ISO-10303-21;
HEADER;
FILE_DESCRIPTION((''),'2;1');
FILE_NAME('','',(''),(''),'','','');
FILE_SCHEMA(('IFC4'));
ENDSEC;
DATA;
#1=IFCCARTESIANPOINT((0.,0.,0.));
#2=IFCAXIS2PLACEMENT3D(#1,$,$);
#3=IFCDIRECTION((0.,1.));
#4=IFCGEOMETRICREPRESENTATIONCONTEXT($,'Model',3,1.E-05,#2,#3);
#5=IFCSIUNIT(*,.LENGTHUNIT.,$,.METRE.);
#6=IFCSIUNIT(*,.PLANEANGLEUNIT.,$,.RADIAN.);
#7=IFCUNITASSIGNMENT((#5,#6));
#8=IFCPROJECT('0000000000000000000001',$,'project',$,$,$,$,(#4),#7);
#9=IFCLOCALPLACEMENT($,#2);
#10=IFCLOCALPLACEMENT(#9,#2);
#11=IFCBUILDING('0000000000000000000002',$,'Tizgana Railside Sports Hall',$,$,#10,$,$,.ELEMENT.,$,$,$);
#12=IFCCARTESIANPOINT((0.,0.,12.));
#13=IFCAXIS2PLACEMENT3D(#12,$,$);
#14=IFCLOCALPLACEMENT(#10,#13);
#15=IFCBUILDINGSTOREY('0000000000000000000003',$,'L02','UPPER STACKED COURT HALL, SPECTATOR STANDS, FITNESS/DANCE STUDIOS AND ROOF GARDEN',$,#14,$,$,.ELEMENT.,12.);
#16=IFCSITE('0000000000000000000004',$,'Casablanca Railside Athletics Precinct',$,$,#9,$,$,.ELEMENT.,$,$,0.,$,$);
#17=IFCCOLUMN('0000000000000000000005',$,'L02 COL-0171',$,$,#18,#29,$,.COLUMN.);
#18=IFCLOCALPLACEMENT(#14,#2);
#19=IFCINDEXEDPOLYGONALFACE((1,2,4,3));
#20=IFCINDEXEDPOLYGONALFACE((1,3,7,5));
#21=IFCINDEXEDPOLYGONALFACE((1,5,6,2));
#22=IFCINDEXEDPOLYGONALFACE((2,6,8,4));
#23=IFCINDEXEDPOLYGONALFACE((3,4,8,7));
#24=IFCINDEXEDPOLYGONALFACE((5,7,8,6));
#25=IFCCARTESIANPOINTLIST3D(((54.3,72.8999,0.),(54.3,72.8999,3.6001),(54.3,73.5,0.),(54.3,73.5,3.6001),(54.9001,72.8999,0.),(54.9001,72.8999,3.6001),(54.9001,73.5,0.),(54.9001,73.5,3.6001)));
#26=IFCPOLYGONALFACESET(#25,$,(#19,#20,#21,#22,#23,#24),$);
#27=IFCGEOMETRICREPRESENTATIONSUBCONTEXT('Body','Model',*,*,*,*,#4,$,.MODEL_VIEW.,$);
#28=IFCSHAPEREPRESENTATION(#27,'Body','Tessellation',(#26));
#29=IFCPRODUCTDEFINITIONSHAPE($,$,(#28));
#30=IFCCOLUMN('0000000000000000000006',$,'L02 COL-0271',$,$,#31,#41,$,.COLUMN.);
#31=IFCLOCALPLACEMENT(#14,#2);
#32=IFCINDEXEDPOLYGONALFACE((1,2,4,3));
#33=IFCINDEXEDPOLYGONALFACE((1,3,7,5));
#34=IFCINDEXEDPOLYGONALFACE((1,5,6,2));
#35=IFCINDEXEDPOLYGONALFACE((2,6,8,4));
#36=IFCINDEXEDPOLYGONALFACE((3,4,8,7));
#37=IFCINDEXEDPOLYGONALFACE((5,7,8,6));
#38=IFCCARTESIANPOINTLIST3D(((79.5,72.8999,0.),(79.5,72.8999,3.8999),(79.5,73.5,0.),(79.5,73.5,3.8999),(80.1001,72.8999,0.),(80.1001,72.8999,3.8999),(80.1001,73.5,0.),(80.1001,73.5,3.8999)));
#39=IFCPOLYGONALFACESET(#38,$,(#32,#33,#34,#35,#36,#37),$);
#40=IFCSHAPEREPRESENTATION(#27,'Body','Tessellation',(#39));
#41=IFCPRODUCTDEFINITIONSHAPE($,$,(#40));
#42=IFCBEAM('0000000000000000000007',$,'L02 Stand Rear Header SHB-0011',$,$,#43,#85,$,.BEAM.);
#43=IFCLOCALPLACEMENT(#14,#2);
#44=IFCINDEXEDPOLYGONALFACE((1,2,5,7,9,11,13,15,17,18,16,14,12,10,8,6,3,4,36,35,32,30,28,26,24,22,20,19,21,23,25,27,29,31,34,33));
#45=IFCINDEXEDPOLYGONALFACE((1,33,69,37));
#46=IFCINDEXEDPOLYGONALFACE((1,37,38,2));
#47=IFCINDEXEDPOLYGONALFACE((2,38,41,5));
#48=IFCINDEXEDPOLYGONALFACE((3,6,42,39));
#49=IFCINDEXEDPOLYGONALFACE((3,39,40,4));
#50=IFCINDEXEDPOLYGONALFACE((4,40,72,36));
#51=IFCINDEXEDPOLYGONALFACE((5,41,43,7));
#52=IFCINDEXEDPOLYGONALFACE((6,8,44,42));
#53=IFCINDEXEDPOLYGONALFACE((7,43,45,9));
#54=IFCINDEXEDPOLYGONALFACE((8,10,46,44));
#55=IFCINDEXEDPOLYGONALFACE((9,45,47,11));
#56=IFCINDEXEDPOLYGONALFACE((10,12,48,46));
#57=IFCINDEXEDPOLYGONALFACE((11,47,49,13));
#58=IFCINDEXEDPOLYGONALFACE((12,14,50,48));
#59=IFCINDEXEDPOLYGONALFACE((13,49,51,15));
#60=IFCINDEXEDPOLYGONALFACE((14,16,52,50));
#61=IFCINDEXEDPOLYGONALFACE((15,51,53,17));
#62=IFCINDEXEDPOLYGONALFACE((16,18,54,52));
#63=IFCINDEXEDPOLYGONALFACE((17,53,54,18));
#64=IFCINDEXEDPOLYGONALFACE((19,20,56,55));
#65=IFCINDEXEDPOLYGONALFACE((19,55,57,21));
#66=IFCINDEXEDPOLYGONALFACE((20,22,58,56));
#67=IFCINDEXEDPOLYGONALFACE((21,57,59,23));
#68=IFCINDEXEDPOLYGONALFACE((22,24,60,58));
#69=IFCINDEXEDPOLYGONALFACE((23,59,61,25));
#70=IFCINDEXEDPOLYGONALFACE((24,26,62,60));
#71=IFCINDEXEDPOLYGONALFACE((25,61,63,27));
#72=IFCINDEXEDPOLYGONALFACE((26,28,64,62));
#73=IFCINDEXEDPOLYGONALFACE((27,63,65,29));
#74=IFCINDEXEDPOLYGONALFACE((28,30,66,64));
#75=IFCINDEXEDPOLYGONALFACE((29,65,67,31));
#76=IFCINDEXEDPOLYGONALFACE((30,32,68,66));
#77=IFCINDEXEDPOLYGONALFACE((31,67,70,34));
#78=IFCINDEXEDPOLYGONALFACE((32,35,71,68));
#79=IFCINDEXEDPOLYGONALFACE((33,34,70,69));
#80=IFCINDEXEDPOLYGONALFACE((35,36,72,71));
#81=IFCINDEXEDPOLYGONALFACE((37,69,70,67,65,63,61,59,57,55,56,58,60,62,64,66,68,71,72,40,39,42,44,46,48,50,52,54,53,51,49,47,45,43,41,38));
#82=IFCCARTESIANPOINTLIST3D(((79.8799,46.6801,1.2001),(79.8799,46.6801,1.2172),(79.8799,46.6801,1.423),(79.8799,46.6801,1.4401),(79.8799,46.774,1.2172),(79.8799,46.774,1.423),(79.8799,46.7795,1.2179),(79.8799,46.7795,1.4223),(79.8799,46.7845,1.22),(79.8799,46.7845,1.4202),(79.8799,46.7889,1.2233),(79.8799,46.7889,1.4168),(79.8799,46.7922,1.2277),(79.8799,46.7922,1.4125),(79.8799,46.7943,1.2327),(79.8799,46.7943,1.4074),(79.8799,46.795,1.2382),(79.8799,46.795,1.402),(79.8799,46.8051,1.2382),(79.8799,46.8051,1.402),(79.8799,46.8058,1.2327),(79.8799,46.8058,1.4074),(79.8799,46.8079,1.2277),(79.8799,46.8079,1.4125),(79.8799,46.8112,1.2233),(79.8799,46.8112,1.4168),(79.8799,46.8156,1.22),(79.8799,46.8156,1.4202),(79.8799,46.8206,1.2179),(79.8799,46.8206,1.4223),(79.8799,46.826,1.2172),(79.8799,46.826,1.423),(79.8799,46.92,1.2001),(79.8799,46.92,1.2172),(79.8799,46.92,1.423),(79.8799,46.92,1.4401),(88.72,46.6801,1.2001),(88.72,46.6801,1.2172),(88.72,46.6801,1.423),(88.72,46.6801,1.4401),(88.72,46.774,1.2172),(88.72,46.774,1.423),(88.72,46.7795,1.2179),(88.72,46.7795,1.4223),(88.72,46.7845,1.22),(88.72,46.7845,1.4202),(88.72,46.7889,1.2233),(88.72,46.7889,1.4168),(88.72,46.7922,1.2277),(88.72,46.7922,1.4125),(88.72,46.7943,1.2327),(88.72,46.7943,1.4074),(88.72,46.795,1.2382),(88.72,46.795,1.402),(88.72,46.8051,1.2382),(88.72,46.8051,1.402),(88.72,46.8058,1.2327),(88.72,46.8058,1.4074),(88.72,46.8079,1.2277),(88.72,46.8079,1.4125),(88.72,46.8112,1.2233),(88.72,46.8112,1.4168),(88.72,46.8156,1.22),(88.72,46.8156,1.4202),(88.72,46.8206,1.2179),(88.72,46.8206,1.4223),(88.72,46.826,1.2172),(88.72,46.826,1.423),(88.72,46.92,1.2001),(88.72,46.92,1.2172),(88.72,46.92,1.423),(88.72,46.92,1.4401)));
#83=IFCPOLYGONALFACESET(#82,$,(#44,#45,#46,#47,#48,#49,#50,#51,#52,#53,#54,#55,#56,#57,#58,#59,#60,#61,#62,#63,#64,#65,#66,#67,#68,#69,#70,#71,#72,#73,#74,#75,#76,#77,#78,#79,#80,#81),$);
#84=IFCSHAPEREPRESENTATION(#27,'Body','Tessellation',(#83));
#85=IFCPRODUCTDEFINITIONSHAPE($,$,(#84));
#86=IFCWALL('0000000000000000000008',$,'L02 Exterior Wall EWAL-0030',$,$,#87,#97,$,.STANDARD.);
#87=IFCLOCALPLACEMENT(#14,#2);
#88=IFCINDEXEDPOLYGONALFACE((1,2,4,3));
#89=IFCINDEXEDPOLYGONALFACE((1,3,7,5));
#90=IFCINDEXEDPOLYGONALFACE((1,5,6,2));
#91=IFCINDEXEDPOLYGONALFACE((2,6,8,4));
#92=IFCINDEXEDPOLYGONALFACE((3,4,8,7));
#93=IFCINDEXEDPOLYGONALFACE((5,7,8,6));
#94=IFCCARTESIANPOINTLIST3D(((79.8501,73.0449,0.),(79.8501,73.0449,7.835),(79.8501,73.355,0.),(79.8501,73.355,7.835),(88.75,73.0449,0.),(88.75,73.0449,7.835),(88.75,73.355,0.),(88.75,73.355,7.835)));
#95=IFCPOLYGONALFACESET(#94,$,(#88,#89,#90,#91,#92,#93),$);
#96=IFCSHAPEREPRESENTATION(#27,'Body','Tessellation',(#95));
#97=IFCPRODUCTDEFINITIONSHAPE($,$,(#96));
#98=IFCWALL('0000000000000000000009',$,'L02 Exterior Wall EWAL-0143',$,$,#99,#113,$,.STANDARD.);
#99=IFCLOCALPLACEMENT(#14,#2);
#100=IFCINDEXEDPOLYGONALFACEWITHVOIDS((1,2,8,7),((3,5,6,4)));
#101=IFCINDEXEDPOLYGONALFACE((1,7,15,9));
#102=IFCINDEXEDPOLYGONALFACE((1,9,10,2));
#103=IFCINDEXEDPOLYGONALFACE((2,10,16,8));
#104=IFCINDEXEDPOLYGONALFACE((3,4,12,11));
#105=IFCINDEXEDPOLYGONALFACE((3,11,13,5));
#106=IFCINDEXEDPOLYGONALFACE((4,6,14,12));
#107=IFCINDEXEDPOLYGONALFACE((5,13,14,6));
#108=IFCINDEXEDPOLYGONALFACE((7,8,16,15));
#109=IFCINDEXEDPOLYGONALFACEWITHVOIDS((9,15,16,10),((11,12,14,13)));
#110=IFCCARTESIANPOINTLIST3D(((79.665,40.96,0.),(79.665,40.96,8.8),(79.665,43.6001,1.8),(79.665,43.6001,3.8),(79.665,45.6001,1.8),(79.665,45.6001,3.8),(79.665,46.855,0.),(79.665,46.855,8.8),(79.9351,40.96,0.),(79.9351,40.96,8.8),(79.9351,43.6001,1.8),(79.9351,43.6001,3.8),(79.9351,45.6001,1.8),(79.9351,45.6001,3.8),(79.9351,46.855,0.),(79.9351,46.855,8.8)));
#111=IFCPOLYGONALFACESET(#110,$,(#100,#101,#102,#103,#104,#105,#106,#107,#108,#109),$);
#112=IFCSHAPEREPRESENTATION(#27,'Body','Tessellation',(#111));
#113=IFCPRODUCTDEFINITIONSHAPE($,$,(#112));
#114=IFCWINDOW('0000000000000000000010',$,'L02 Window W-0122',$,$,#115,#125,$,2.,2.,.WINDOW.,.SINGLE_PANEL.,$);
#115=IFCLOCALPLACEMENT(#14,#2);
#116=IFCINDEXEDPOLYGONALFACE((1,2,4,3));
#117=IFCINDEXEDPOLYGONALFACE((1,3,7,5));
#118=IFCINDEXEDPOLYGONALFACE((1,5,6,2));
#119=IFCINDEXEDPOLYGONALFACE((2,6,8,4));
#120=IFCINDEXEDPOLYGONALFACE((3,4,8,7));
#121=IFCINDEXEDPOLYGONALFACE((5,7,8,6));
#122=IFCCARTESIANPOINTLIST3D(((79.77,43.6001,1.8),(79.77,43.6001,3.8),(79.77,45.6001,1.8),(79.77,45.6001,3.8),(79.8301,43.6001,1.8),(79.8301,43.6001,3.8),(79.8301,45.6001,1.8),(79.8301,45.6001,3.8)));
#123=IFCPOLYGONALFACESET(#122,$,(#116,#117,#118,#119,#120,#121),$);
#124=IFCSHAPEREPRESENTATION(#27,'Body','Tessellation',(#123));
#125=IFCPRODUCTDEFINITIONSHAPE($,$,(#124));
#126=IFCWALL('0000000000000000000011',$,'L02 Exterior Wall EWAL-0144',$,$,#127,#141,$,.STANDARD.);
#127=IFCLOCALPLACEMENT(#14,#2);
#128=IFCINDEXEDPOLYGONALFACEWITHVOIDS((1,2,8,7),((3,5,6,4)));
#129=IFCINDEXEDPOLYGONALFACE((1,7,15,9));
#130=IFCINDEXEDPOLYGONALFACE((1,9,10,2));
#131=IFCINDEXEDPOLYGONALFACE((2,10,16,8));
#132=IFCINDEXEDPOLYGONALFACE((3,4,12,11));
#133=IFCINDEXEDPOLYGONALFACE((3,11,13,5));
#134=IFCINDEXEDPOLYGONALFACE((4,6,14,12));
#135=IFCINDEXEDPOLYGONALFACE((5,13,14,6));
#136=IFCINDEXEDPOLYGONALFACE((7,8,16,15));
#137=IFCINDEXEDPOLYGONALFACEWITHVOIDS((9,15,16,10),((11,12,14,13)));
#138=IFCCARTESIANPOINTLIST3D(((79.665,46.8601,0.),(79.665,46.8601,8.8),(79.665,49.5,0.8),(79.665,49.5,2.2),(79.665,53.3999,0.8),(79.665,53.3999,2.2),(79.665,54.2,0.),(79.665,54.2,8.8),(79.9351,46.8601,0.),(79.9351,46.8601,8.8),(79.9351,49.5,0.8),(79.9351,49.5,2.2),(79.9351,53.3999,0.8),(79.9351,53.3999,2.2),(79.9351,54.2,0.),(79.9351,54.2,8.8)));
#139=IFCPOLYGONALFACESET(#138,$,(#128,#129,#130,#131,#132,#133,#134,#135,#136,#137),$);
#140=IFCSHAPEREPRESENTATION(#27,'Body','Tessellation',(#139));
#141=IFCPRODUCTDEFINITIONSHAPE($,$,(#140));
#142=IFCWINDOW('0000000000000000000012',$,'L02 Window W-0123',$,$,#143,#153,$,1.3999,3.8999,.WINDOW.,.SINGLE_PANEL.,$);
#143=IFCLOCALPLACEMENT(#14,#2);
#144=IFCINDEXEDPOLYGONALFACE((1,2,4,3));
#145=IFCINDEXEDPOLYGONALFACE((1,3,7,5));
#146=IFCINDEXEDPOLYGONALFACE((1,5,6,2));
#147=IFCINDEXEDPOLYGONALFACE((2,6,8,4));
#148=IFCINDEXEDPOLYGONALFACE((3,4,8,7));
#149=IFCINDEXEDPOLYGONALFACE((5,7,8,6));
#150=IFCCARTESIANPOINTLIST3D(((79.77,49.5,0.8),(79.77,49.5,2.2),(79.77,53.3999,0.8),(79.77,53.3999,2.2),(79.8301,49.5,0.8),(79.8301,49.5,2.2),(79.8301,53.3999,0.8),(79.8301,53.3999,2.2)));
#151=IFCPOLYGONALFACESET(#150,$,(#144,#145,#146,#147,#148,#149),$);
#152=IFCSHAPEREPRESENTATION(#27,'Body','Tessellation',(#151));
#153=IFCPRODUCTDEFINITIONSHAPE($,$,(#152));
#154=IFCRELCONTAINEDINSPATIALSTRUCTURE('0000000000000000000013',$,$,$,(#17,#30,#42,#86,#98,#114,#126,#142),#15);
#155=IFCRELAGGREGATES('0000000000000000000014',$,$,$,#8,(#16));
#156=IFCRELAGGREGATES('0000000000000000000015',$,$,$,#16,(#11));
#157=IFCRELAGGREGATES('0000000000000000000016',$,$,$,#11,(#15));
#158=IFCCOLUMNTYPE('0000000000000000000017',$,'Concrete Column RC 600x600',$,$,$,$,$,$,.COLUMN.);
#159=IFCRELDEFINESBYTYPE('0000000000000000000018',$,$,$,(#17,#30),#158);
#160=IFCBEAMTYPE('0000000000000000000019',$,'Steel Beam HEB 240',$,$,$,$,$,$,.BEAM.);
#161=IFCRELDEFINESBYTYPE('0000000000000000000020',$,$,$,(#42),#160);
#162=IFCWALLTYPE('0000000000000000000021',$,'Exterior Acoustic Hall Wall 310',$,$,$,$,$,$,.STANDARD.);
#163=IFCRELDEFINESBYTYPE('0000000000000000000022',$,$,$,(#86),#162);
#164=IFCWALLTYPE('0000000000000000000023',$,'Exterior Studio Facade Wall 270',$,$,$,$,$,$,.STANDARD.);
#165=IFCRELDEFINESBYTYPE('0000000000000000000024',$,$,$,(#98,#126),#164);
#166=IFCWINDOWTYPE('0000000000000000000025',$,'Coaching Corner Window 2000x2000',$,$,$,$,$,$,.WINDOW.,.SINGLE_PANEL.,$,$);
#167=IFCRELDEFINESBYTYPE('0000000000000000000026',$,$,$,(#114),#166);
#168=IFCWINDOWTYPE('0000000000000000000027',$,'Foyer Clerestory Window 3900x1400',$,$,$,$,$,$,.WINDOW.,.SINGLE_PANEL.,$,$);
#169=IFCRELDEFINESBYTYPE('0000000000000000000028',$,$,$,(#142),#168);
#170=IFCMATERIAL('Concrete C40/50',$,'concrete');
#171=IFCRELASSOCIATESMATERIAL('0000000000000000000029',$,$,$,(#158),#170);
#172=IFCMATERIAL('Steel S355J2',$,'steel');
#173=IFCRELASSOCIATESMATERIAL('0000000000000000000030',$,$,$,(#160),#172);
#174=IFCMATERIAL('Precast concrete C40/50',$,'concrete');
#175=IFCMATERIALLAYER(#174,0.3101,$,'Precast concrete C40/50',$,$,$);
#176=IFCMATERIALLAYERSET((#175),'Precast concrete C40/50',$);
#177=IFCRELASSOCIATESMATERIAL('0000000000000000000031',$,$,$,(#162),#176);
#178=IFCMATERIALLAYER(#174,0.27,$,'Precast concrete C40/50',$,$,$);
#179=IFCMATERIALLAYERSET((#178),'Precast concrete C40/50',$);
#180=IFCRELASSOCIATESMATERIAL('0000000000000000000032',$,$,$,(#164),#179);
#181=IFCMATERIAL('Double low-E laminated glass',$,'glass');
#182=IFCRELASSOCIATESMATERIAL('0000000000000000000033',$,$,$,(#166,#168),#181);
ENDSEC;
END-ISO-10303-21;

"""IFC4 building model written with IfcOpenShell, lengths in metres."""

from ifc_helpers import new_model, si_unit, direction, frame, frame_2d, origin, origin_2d, place, context, subcontext, project, spatial, rectangle, i_section, extrude, material, layer, layer_set, material_profile, profile_set, type_object, element, fill, save


model = new_model("IFC4")

# Units and contexts
model_context = context("Model", 3, precision=1e-05, world=origin(), true_north=direction((0.0, 1.0)))
body_context = subcontext(model_context, "Body", "Model", "MODEL_VIEW")
ifc_project = project(units=[si_unit("LENGTHUNIT", "METRE"), si_unit("PLANEANGLEUNIT", "RADIAN")], contexts=[model_context])

# Site, building, storey
site_placement = place(None, origin())
site = spatial("IfcSite", under=ifc_project, at=site_placement, Name="Casablanca Railside Athletics Precinct", CompositionType="ELEMENT", RefElevation=0.0)
building_placement = place(site_placement, origin())
building = spatial("IfcBuilding", under=site, at=building_placement, Name="Tizgana Railside Sports Hall", CompositionType="ELEMENT")
storey_placement = place(building_placement, frame((0.0, 0.0, 12.0)))
storey = spatial("IfcBuildingStorey", under=building, at=storey_placement, Name="L02", Description="UPPER STACKED COURT HALL, SPECTATOR STANDS, FITNESS/DANCE STUDIOS AND ROOF GARDEN", CompositionType="ELEMENT", Elevation=12.0)

# Columns
ifc_material_1 = material(Name="Concrete C40/50", Category="concrete")
ifc_material_profile_1 = material_profile(ifc_material_1, rectangle(XDim=0.6001, YDim=0.6001, at=origin_2d()), Name="RC 600x600")
ifc_profile_set_1 = profile_set([ifc_material_profile_1], Name="Concrete C40/50")
column_type = type_object("IfcColumnType", Name="Concrete Column RC 600x600", PredefinedType="COLUMN", material=ifc_profile_set_1)
column_1_placement = place(storey_placement, frame((54.6001, 73.2, 0.0), z_axis=(0.0, 0.0, 1.0), x_axis=(1.0, 0.0, 0.0)))
element("IfcColumn", 1, at=column_1_placement, inside=storey, type_object=column_type, Name="L02 COL-0171", PredefinedType="COLUMN", context=body_context, shape_type="SweptSolid", body=[
    extrude(rectangle(XDim=0.6001, YDim=0.6001, at=origin_2d()), origin(), (0.0, 0.0, 1.0), 3.6001),
])
column_2_placement = place(storey_placement, frame((79.8, 73.2, 0.0), z_axis=(0.0, 0.0, 1.0), x_axis=(1.0, 0.0, 0.0)))
element("IfcColumn", 2, at=column_2_placement, inside=storey, type_object=column_type, Name="L02 COL-0271", PredefinedType="COLUMN", context=body_context, shape_type="SweptSolid", body=[
    extrude(rectangle(XDim=0.6001, YDim=0.6001, at=origin_2d()), origin(), (0.0, 0.0, 1.0), 3.8999),
])

# Beam
ifc_material_2 = material(Name="Steel S355J2", Category="steel")
ifc_material_profile_2 = material_profile(ifc_material_2, i_section(OverallWidth=0.24, OverallDepth=0.24, WebThickness=0.01, FlangeThickness=0.0171, FilletRadius=0.021, at=origin_2d()), Name="HEB 240")
ifc_profile_set_2 = profile_set([ifc_material_profile_2], Name="Steel S355J2")
beam_type = type_object("IfcBeamType", Name="Steel Beam HEB 240", PredefinedType="BEAM", material=ifc_profile_set_2)
beam_placement = place(storey_placement, frame((79.8799, 46.8, 1.3201), z_axis=(1.0, 0.0, 0.0), x_axis=(0.0, 1.0, 0.0)))
element("IfcBeam", 3, at=beam_placement, inside=storey, type_object=beam_type, Name="L02 Stand Rear Header SHB-0011", PredefinedType="BEAM", context=body_context, shape_type="SweptSolid", body=[
    extrude(i_section(OverallWidth=0.24, OverallDepth=0.24, WebThickness=0.01, FlangeThickness=0.0171, FilletRadius=0.021, at=origin_2d()), origin(), (0.0, 0.0, 1.0), 8.8401),
])

# Wall
ifc_material_3 = material(Name="Precast concrete C40/50", Category="concrete")
ifc_layer_1 = layer(ifc_material_3, 0.3101, Name="Precast concrete C40/50")
ifc_layer_set_1 = layer_set([ifc_layer_1], Name="Precast concrete C40/50")
wall_type_1 = type_object("IfcWallType", Name="Exterior Acoustic Hall Wall 310", PredefinedType="STANDARD", material=ifc_layer_set_1)
wall_1_placement = place(storey_placement, frame((79.8501, 73.2, 0.0), z_axis=(0.0, 0.0, 1.0), x_axis=(1.0, 0.0, 0.0)))
element("IfcWall", 4, at=wall_1_placement, inside=storey, type_object=wall_type_1, Name="L02 Exterior Wall EWAL-0030", PredefinedType="STANDARD", context=body_context, shape_type="SweptSolid", body=[
    extrude(rectangle(XDim=8.8999, YDim=0.3101, at=frame_2d((4.45, 0.0))), origin(), (0.0, 0.0, 1.0), 7.835),
])

# Walls, openings, windows
ifc_layer_2 = layer(ifc_material_3, 0.27, Name="Precast concrete C40/50")
ifc_layer_set_2 = layer_set([ifc_layer_2], Name="Precast concrete C40/50")
wall_type_2 = type_object("IfcWallType", Name="Exterior Studio Facade Wall 270", PredefinedType="STANDARD", material=ifc_layer_set_2)
wall_2_placement = place(storey_placement, frame((79.8, 46.855, 0.0), z_axis=(0.0, 0.0, 1.0), x_axis=(0.0, -1.0, 0.0)))
wall_2 = element("IfcWall", 5, at=wall_2_placement, inside=storey, type_object=wall_type_2, Name="L02 Exterior Wall EWAL-0143", PredefinedType="STANDARD", context=body_context, shape_type="SweptSolid", body=[
    extrude(rectangle(XDim=5.895, YDim=0.27, at=frame_2d((2.9475, 0.0))), origin(), (0.0, 0.0, 1.0), 8.8),
])
opening_1_placement = place(wall_2_placement, frame((1.2549, 0.0, 1.8)))
opening_1 = element("IfcOpeningElement", 6, at=opening_1_placement, cuts=wall_2, PredefinedType="OPENING", context=body_context, shape_type="SweptSolid", body=[
    extrude(rectangle(XDim=2.0, YDim=2.0, at=frame_2d((1.0, 1.0))), frame((0.0, 0.145, 0.0), z_axis=(0.0, -1.0, 0.0), x_axis=(1.0, 0.0, 0.0)), (0.0, 0.0, 1.0), 0.29),
])
ifc_material_4 = material(Name="Double low-E laminated glass", Category="glass")
window_type_1 = type_object("IfcWindowType", Name="Coaching Corner Window 2000x2000", PartitioningType="SINGLE_PANEL", PredefinedType="WINDOW", material=ifc_material_4)
window_1_placement = place(opening_1_placement, origin())
window_1 = element("IfcWindow", 7, at=window_1_placement, inside=storey, type_object=window_type_1, Name="L02 Window W-0122", OverallHeight=2.0, OverallWidth=2.0, PartitioningType="SINGLE_PANEL", PredefinedType="WINDOW", context=body_context, shape_type="SweptSolid", body=[
    extrude(rectangle(XDim=2.0, YDim=2.0, at=frame_2d((1.0, 1.0))), frame((0.0, 0.03, 0.0), z_axis=(0.0, -1.0, 0.0), x_axis=(1.0, 0.0, 0.0)), (0.0, 0.0, 1.0), 0.0601),
])
fill(opening_1, window_1)
wall_3_placement = place(storey_placement, frame((79.8, 54.2, 0.0), z_axis=(0.0, 0.0, 1.0), x_axis=(0.0, -1.0, 0.0)))
wall_3 = element("IfcWall", 8, at=wall_3_placement, inside=storey, type_object=wall_type_2, Name="L02 Exterior Wall EWAL-0144", PredefinedType="STANDARD", context=body_context, shape_type="SweptSolid", body=[
    extrude(rectangle(XDim=7.3398, YDim=0.27, at=frame_2d((3.6699, 0.0))), origin(), (0.0, 0.0, 1.0), 8.8),
])
opening_2_placement = place(wall_3_placement, frame((0.8, 0.0, 0.8)))
opening_2 = element("IfcOpeningElement", 9, at=opening_2_placement, cuts=wall_3, PredefinedType="OPENING", context=body_context, shape_type="SweptSolid", body=[
    extrude(rectangle(XDim=3.8999, YDim=1.3999, at=frame_2d((1.95, 0.7))), frame((0.0, 0.145, 0.0), z_axis=(0.0, -1.0, 0.0), x_axis=(1.0, 0.0, 0.0)), (0.0, 0.0, 1.0), 0.29),
])
window_type_2 = type_object("IfcWindowType", Name="Foyer Clerestory Window 3900x1400", PartitioningType="SINGLE_PANEL", PredefinedType="WINDOW", material=ifc_material_4)
window_2_placement = place(opening_2_placement, origin())
window_2 = element("IfcWindow", 10, at=window_2_placement, inside=storey, type_object=window_type_2, Name="L02 Window W-0123", OverallHeight=1.3999, OverallWidth=3.8999, PartitioningType="SINGLE_PANEL", PredefinedType="WINDOW", context=body_context, shape_type="SweptSolid", body=[
    extrude(rectangle(XDim=3.8999, YDim=1.3999, at=frame_2d((1.95, 0.7))), frame((0.0, 0.03, 0.0), z_axis=(0.0, -1.0, 0.0), x_axis=(1.0, 0.0, 0.0)), (0.0, 0.0, 1.0), 0.0601),
])
fill(opening_2, window_2)

save(model, "model.ifc")
